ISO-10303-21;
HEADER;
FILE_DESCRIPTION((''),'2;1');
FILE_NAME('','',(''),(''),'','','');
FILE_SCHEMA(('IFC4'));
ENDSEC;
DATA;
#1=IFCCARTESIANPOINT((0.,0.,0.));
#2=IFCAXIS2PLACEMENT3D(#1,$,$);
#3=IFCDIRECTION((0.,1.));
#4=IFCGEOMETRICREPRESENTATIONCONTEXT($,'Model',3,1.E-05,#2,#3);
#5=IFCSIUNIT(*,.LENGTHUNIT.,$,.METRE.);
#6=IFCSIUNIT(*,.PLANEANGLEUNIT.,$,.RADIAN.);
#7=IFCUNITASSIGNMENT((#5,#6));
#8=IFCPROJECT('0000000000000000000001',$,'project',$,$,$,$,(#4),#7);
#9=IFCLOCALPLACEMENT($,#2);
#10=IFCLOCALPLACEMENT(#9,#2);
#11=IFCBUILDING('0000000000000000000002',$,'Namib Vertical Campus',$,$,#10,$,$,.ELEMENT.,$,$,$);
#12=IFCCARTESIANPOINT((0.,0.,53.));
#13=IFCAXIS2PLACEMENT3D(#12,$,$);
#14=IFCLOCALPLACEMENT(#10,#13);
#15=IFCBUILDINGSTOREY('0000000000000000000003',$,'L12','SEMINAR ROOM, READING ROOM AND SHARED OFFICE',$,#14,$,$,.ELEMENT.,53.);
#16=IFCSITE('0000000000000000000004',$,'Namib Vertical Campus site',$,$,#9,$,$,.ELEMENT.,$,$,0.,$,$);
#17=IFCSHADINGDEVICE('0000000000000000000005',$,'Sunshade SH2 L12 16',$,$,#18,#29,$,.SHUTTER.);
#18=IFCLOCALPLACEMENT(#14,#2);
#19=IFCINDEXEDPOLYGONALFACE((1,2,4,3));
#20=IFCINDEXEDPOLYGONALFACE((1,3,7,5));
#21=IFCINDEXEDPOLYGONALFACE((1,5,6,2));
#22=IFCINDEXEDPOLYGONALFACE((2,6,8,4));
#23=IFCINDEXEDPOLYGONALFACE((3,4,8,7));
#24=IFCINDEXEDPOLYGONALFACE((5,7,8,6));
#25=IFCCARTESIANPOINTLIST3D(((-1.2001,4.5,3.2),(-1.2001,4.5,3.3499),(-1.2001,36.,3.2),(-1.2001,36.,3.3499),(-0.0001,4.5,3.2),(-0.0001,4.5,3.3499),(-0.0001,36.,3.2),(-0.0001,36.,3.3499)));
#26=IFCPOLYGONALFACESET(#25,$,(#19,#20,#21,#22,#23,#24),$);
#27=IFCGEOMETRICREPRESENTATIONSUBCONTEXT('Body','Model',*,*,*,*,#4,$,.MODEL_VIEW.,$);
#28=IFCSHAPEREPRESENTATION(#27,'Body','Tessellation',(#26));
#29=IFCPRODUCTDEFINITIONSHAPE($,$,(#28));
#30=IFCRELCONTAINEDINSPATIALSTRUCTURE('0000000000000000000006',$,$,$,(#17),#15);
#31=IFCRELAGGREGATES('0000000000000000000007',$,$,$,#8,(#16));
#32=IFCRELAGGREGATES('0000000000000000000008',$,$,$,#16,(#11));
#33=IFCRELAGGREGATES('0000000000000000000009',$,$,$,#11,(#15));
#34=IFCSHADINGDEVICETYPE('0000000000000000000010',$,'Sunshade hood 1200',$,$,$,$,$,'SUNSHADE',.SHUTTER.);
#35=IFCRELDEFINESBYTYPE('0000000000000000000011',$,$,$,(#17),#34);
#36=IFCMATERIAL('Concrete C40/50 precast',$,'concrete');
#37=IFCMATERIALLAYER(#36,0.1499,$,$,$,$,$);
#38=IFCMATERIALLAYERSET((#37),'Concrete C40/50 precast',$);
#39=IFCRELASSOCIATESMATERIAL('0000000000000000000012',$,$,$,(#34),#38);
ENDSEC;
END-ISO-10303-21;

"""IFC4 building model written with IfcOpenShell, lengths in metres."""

from ifc_helpers import new_model, si_unit, direction, frame, origin, origin_2d, place, context, subcontext, project, spatial, rectangle, extrude, material, layer, layer_set, type_object, element, save


model = new_model("IFC4")

# Units and contexts
model_context = context("Model", 3, precision=1e-05, world=origin(), true_north=direction((0.0, 1.0)))
body_context = subcontext(model_context, "Body", "Model", "MODEL_VIEW")
ifc_project = project(units=[si_unit("LENGTHUNIT", "METRE"), si_unit("PLANEANGLEUNIT", "RADIAN")], contexts=[model_context])

# Site, building, storey
site_placement = place(None, origin())
site = spatial("IfcSite", under=ifc_project, at=site_placement, Name="Namib Vertical Campus site", CompositionType="ELEMENT", RefElevation=0.0)
building_placement = place(site_placement, origin())
building = spatial("IfcBuilding", under=site, at=building_placement, Name="Namib Vertical Campus", CompositionType="ELEMENT")
storey_placement = place(building_placement, frame((0.0, 0.0, 53.0)))
storey = spatial("IfcBuildingStorey", under=building, at=storey_placement, Name="L12", Description="SEMINAR ROOM, READING ROOM AND SHARED OFFICE", CompositionType="ELEMENT", Elevation=53.0)

# Shading device
ifc_material_1 = material(Name="Concrete C40/50 precast", Category="concrete")
ifc_layer_1 = layer(ifc_material_1, 0.1499)
ifc_layer_set_1 = layer_set([ifc_layer_1], Name="Concrete C40/50 precast")
shading_device_type = type_object("IfcShadingDeviceType", Name="Sunshade hood 1200", ElementType="SUNSHADE", PredefinedType="SHUTTER", material=ifc_layer_set_1)
shading_device_placement = place(storey_placement, frame((-0.6001, 20.25, 3.2), z_axis=(0.0, 0.0, 1.0), x_axis=(0.0, -1.0, 0.0)))
element("IfcShadingDevice", 1, at=shading_device_placement, inside=storey, type_object=shading_device_type, Name="Sunshade SH2 L12 16", PredefinedType="SHUTTER", context=body_context, shape_type="SweptSolid", body=[
    extrude(rectangle(XDim=31.5, YDim=1.2, at=origin_2d()), origin(), (0.0, 0.0, 1.0), 0.1499),
])

save(model, "model.ifc")
